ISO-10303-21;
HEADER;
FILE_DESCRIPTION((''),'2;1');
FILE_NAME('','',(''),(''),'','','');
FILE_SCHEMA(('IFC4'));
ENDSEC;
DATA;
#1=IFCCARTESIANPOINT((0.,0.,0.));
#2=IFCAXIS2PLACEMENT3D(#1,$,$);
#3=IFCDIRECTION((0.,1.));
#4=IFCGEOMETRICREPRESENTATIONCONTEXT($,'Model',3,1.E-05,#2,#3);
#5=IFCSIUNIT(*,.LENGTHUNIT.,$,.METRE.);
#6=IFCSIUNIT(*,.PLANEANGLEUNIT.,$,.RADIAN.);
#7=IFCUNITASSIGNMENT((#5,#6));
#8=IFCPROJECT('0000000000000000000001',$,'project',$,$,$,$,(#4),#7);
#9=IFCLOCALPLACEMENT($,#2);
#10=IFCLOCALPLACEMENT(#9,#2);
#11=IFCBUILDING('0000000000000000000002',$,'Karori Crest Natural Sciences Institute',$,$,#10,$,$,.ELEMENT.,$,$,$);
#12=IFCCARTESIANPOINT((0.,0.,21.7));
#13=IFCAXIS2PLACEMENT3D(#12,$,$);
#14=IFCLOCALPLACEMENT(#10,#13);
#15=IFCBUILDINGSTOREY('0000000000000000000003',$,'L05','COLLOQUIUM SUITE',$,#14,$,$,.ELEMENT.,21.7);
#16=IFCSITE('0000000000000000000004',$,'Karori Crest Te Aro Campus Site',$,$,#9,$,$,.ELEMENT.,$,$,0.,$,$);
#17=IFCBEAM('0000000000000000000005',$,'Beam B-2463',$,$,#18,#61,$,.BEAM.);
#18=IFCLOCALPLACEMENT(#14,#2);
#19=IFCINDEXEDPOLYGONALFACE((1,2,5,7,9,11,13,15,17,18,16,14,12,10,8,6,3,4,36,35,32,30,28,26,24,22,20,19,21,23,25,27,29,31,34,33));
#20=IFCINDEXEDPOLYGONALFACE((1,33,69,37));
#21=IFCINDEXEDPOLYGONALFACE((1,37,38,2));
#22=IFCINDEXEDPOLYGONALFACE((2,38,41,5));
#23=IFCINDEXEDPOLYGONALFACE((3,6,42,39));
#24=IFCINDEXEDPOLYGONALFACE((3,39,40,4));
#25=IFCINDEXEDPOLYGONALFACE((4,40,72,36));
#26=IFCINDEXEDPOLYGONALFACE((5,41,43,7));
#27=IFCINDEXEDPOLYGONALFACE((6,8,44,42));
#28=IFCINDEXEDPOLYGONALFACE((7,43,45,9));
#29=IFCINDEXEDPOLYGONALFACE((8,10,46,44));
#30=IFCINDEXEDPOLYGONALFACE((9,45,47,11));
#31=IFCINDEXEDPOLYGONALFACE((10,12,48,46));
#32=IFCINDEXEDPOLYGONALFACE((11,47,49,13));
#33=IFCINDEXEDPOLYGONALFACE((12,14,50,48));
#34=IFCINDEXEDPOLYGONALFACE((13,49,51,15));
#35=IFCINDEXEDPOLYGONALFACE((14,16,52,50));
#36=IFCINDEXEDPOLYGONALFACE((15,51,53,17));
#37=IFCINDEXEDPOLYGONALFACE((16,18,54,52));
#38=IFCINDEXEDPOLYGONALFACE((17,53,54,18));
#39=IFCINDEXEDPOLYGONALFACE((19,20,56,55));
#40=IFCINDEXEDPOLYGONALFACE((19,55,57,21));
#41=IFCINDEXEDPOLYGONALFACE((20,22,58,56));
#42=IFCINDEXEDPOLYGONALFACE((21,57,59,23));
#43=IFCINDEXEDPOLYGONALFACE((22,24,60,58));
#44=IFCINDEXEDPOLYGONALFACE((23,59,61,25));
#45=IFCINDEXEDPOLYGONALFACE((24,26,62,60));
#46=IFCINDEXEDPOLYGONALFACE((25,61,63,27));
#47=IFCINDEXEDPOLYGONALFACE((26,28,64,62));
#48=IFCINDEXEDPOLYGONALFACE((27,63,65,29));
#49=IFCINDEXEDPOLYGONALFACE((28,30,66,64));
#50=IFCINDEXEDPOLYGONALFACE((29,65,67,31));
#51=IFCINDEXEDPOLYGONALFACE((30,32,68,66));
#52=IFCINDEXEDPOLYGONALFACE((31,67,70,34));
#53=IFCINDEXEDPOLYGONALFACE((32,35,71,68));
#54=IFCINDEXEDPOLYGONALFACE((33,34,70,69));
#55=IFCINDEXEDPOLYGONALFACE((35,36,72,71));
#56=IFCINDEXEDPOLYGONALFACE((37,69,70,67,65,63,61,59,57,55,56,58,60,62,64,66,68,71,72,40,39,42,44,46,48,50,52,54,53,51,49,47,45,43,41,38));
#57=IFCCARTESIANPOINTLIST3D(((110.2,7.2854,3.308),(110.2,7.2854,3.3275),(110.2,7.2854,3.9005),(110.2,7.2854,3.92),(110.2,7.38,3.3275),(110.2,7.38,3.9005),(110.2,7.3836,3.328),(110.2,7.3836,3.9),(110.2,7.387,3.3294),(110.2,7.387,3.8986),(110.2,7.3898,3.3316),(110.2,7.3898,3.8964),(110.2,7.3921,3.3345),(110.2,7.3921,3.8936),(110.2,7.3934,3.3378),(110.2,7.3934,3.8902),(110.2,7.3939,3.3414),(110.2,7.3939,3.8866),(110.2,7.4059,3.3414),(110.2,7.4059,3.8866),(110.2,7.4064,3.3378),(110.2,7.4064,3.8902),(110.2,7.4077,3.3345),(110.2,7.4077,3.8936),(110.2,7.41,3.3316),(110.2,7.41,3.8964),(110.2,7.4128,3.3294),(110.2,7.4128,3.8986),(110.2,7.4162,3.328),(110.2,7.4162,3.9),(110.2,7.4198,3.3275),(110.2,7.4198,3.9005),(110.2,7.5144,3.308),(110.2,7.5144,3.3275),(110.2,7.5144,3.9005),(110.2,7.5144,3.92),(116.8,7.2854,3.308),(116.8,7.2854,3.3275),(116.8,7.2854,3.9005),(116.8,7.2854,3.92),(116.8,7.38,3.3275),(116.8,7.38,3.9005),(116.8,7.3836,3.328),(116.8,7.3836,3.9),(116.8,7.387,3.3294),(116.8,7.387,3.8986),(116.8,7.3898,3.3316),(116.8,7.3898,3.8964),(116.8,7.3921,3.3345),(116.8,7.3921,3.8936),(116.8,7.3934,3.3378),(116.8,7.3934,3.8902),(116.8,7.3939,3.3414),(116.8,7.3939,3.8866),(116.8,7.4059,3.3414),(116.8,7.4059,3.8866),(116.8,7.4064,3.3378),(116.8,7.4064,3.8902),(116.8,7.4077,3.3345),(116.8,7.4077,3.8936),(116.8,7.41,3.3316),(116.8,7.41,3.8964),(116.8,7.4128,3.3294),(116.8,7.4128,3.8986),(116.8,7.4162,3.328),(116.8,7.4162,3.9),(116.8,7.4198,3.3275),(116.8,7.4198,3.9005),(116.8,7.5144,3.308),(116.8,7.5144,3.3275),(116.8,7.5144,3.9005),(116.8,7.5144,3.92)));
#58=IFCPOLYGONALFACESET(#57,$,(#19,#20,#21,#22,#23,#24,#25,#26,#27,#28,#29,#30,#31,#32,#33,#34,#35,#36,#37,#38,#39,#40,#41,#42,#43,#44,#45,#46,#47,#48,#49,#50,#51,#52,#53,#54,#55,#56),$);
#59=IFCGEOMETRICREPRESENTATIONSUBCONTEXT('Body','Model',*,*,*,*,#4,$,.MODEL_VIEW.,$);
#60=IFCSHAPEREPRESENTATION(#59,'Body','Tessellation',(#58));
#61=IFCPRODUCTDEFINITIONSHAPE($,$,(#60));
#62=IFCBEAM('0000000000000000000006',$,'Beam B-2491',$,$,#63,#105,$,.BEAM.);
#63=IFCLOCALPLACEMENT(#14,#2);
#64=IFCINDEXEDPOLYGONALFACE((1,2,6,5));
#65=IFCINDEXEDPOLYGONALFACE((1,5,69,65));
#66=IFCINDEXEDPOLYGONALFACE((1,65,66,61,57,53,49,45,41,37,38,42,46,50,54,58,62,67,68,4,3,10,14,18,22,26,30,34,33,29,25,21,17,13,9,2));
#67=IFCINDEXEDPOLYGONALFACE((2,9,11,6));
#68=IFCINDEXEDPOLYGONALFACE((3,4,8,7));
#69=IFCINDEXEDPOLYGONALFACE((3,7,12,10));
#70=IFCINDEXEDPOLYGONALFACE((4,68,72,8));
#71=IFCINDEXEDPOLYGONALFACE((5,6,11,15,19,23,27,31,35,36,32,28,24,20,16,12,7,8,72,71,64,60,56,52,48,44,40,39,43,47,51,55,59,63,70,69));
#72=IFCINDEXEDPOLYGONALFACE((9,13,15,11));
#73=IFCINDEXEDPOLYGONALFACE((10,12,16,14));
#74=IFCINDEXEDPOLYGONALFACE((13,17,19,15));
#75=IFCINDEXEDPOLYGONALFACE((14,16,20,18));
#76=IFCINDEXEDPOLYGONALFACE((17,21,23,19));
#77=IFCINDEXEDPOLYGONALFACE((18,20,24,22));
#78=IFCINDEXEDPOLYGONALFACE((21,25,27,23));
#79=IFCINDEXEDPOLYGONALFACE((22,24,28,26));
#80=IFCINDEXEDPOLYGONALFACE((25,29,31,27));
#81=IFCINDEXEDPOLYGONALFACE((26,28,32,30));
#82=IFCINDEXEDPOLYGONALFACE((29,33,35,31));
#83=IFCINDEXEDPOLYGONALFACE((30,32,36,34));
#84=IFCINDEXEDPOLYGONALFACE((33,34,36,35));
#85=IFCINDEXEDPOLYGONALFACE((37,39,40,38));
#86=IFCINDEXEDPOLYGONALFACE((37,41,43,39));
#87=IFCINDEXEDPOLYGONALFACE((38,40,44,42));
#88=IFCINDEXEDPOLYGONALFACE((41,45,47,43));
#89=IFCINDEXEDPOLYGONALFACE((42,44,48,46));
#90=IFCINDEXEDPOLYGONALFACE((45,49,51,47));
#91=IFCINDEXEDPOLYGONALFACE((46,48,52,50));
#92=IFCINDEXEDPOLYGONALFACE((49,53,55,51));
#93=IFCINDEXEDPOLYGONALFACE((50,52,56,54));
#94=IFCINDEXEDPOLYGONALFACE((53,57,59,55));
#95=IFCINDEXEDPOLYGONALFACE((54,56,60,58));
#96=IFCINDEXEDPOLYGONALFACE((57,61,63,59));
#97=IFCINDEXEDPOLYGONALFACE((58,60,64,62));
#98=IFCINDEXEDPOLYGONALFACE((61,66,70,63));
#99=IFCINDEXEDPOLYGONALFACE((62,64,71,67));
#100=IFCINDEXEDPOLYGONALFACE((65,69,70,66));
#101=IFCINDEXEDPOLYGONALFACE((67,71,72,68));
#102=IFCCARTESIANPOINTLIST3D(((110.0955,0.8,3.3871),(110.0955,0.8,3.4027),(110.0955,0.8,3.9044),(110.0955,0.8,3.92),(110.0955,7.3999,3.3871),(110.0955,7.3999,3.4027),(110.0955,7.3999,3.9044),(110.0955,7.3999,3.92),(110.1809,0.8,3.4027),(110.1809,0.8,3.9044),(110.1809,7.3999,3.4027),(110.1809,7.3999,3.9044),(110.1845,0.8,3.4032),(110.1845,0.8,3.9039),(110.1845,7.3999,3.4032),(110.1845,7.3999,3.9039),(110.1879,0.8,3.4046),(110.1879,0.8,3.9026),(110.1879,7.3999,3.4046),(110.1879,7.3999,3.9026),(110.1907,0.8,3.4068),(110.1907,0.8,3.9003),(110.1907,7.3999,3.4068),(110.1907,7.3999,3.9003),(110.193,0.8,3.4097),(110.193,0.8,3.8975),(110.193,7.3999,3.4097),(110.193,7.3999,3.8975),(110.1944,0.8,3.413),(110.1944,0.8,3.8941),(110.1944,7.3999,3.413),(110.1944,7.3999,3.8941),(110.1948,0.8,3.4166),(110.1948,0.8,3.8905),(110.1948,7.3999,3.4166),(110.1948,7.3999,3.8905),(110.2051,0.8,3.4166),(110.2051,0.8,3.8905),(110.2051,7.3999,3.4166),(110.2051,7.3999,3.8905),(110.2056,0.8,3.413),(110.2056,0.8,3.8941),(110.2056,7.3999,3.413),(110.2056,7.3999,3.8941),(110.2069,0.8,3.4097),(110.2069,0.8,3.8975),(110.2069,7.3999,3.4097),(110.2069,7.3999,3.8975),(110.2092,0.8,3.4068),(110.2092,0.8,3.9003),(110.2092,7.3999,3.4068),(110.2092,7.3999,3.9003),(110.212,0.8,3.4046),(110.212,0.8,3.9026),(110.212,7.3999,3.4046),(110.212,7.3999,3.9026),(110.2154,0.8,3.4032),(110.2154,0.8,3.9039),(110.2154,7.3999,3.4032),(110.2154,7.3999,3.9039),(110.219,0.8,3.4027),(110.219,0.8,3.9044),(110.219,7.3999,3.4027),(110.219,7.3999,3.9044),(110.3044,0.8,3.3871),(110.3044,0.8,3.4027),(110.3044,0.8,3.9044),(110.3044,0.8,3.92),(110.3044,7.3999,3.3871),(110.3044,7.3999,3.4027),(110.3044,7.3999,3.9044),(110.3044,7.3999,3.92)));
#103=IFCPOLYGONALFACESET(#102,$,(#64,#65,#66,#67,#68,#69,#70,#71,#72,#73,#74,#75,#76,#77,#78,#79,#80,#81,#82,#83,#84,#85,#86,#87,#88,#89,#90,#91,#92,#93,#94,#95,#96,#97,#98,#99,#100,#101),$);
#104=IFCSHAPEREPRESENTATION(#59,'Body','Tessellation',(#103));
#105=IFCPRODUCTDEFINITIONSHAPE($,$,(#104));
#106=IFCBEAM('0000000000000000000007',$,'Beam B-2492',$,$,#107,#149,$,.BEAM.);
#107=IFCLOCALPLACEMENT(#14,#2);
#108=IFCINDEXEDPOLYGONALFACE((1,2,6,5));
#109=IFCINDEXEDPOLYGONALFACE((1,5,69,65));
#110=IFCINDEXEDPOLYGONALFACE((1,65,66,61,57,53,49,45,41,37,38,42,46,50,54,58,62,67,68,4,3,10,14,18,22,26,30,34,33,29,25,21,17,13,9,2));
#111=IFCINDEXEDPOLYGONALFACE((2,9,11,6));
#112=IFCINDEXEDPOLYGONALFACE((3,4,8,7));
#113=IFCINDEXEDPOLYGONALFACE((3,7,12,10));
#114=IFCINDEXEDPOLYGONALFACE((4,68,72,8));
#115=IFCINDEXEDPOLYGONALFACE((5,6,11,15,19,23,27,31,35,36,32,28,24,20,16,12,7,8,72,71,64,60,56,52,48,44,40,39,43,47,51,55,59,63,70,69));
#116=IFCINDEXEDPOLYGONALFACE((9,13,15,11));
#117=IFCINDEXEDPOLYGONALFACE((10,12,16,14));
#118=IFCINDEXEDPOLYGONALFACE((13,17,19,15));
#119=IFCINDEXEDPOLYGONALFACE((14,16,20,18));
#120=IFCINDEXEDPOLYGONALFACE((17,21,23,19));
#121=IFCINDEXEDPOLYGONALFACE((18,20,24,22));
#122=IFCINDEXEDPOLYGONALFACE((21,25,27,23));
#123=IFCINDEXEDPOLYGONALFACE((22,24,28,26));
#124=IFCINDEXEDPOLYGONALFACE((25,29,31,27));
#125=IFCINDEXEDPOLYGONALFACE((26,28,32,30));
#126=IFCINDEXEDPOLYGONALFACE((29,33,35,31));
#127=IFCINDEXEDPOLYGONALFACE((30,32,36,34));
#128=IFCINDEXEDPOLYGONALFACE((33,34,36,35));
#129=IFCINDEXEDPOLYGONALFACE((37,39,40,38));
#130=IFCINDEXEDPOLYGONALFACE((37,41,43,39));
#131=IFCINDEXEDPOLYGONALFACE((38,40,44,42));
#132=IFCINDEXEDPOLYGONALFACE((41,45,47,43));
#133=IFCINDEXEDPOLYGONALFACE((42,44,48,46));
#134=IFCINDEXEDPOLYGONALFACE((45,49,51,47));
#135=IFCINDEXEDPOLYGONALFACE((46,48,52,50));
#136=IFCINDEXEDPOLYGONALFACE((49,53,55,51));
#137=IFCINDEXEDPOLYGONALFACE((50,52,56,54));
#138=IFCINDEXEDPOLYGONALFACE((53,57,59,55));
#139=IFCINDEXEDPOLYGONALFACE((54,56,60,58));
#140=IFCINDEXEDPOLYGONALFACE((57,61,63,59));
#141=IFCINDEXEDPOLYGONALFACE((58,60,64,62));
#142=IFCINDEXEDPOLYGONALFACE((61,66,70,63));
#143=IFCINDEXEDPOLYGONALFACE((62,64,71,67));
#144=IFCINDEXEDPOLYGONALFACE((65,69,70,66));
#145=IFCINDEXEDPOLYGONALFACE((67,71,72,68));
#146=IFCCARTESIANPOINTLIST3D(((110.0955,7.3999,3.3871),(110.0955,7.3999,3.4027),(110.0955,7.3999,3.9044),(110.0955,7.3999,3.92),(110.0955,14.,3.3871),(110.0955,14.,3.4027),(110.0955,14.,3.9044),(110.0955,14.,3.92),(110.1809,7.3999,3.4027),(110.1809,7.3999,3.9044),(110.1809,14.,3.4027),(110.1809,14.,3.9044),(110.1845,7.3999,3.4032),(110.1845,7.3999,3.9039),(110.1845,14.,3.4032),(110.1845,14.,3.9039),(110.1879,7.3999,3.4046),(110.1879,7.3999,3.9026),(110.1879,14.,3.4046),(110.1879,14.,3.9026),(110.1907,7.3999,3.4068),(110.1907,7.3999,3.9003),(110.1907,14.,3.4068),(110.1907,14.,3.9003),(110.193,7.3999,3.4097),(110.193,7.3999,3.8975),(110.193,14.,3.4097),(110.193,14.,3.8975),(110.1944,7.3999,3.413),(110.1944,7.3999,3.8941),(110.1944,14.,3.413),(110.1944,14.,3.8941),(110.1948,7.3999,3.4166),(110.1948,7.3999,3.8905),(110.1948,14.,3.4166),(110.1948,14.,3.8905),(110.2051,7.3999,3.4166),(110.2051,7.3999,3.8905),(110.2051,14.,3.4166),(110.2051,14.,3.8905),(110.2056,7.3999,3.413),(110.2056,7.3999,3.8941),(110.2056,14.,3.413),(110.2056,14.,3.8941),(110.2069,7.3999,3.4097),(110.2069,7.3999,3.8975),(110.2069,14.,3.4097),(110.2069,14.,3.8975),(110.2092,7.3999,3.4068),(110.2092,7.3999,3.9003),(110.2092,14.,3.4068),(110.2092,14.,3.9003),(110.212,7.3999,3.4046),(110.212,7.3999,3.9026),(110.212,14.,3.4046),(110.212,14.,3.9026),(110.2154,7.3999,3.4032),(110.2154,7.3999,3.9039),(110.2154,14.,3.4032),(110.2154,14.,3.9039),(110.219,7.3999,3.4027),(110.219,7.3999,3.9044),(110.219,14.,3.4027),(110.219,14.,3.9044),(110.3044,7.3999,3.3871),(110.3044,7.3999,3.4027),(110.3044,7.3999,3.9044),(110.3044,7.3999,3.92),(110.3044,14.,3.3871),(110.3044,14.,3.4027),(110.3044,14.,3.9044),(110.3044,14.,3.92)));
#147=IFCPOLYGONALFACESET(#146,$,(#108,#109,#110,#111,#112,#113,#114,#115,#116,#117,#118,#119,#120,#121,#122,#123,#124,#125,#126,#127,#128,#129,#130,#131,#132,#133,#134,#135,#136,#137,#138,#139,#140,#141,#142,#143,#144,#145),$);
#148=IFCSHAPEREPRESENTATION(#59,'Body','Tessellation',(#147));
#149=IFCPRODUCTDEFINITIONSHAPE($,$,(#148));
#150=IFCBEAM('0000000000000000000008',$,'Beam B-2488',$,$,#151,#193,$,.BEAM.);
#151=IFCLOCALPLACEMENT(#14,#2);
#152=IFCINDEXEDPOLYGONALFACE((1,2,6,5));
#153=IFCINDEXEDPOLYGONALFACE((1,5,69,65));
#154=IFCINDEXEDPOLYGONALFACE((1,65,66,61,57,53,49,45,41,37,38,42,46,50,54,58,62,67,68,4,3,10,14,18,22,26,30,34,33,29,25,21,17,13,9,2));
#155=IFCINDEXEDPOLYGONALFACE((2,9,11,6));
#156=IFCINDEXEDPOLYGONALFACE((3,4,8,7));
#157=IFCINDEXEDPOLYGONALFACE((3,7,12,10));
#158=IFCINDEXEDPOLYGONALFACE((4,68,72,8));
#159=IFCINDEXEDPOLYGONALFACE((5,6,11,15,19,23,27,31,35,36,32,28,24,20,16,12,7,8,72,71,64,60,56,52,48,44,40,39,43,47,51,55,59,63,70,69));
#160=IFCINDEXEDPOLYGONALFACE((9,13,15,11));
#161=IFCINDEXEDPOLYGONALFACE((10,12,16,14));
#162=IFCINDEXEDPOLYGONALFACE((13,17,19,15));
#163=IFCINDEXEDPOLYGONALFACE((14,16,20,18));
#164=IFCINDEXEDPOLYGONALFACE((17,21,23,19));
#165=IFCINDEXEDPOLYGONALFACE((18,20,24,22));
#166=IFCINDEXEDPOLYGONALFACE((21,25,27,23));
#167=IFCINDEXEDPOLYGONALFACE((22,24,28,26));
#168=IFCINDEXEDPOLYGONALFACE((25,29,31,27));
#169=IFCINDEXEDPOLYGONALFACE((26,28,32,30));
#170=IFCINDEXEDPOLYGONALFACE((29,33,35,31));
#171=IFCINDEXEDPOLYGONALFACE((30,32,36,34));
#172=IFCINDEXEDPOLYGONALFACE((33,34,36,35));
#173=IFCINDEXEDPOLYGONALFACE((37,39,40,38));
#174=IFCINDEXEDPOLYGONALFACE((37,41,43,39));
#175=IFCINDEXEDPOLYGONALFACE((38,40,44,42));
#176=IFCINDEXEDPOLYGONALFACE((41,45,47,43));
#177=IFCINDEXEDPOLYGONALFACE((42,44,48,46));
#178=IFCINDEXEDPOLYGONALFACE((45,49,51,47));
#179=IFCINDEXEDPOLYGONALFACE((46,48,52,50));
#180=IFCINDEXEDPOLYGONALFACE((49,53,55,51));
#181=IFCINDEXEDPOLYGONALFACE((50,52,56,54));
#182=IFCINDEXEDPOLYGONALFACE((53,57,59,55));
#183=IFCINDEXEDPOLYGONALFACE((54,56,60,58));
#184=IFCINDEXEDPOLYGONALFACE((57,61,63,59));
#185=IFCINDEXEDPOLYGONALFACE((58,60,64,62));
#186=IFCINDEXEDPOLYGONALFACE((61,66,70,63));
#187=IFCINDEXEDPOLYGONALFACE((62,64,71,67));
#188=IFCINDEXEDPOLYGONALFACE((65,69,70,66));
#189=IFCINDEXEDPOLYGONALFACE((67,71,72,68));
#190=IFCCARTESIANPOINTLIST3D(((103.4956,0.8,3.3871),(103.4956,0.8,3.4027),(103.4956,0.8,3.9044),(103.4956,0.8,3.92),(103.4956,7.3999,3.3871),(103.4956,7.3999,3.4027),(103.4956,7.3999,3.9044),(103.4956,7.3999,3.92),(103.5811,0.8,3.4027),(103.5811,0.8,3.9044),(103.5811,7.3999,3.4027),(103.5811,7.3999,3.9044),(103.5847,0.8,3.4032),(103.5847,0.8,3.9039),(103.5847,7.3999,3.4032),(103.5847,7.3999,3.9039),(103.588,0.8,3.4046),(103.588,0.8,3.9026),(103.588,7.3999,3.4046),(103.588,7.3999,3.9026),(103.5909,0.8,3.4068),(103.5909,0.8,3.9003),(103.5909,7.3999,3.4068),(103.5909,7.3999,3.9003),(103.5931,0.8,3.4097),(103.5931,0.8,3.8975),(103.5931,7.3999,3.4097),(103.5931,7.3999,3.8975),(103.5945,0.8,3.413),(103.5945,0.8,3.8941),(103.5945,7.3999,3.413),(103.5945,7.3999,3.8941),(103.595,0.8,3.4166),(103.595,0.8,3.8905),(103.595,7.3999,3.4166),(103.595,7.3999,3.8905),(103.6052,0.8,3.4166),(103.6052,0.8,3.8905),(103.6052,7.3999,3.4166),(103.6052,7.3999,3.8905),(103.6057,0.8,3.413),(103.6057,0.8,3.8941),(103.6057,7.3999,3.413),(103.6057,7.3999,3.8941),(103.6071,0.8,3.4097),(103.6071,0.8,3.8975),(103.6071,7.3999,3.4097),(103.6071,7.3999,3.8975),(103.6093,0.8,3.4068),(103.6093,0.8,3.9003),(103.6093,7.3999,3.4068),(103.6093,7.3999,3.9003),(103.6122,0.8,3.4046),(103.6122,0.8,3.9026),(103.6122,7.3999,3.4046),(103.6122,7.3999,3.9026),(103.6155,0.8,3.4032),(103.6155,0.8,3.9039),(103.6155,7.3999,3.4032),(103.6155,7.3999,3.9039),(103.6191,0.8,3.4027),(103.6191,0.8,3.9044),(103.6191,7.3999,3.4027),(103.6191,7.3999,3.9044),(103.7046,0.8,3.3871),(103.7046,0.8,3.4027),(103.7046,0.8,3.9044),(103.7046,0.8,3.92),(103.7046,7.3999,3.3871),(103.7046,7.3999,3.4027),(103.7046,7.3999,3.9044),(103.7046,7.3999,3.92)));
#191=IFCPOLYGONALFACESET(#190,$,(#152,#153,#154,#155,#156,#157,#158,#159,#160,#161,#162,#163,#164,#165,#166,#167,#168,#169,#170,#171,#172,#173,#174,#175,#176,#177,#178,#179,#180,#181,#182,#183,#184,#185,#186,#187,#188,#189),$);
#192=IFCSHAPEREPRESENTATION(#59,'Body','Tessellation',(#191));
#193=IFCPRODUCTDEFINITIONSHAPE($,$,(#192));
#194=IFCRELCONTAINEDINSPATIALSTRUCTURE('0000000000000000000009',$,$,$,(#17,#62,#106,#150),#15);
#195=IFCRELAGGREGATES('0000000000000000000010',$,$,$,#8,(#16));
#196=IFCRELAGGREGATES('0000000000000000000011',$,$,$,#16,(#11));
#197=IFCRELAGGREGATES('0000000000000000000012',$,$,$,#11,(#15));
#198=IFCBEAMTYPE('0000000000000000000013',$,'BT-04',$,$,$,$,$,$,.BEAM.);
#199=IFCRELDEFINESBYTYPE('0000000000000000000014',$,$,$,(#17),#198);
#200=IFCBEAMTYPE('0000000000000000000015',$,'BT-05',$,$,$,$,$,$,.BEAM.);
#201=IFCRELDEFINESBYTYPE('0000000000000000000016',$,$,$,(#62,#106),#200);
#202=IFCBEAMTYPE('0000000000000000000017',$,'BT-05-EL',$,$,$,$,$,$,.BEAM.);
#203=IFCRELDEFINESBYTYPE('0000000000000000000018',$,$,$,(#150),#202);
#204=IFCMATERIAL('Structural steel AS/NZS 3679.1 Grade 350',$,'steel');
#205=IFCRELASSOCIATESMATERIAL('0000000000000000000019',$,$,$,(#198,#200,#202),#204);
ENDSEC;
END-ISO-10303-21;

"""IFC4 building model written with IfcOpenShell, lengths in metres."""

from ifc_helpers import new_model, si_unit, direction, frame, origin, origin_2d, place, context, subcontext, project, spatial, i_section, extrude, material, material_profile, profile_set, type_object, element, save


model = new_model("IFC4")

# Units and contexts
model_context = context("Model", 3, precision=1e-05, world=origin(), true_north=direction((0.0, 1.0)))
body_context = subcontext(model_context, "Body", "Model", "MODEL_VIEW")
ifc_project = project(units=[si_unit("LENGTHUNIT", "METRE"), si_unit("PLANEANGLEUNIT", "RADIAN")], contexts=[model_context])

# Site, building, storey
site_placement = place(None, origin())
site = spatial("IfcSite", under=ifc_project, at=site_placement, Name="Karori Crest Te Aro Campus Site", CompositionType="ELEMENT", RefElevation=0.0)
building_placement = place(site_placement, origin())
building = spatial("IfcBuilding", under=site, at=building_placement, Name="Karori Crest Natural Sciences Institute", CompositionType="ELEMENT")
storey_placement = place(building_placement, frame((0.0, 0.0, 21.7)))
storey = spatial("IfcBuildingStorey", under=building, at=storey_placement, Name="L05", Description="COLLOQUIUM SUITE", CompositionType="ELEMENT", Elevation=21.7)

# Shared definitions
ifc_material_1 = material(Name="Structural steel AS/NZS 3679.1 Grade 350", Category="steel")

# Beams
ifc_material_profile_1 = material_profile(ifc_material_1, i_section(OverallWidth=0.229, OverallDepth=0.6121, WebThickness=0.012, FlangeThickness=0.0195, FilletRadius=0.0139, at=origin_2d()), Name="610UB125")
ifc_profile_set_1 = profile_set([ifc_material_profile_1], Name="Structural steel AS/NZS 3679.1 Grade 350")
beam_type_1 = type_object("IfcBeamType", Name="BT-04", PredefinedType="BEAM", material=ifc_profile_set_1)
beam_1_placement = place(storey_placement, frame((110.2, 7.3999, 3.614), z_axis=(1.0, 0.0, 0.0), x_axis=(0.0, 1.0, 0.0)))
element("IfcBeam", 1, at=beam_1_placement, inside=storey, type_object=beam_type_1, Name="Beam B-2463", PredefinedType="BEAM", context=body_context, shape_type="SweptSolid", body=[
    extrude(i_section(OverallWidth=0.229, OverallDepth=0.6121, WebThickness=0.012, FlangeThickness=0.0195, FilletRadius=0.0139, at=origin_2d()), origin(), (0.0, 0.0, 1.0), 6.6001),
])
ifc_material_profile_2 = material_profile(ifc_material_1, i_section(OverallWidth=0.209, OverallDepth=0.533, WebThickness=0.0103, FlangeThickness=0.0156, FilletRadius=0.0139, at=origin_2d()), Name="530UB92.4")
ifc_profile_set_2 = profile_set([ifc_material_profile_2], Name="Structural steel AS/NZS 3679.1 Grade 350")
beam_type_2 = type_object("IfcBeamType", Name="BT-05", PredefinedType="BEAM", material=ifc_profile_set_2)
beam_2_placement = place(storey_placement, frame((110.2, 0.8, 3.6536), z_axis=(0.0, 1.0, 0.0), x_axis=(-1.0, 0.0, 0.0)))
element("IfcBeam", 2, at=beam_2_placement, inside=storey, type_object=beam_type_2, Name="Beam B-2491", PredefinedType="BEAM", context=body_context, shape_type="SweptSolid", body=[
    extrude(i_section(OverallWidth=0.209, OverallDepth=0.533, WebThickness=0.0103, FlangeThickness=0.0156, FilletRadius=0.0139, at=origin_2d()), origin(), (0.0, 0.0, 1.0), 6.5999),
])
beam_3_placement = place(storey_placement, frame((110.2, 7.3999, 3.6536), z_axis=(0.0, 1.0, 0.0), x_axis=(-1.0, 0.0, 0.0)))
element("IfcBeam", 3, at=beam_3_placement, inside=storey, type_object=beam_type_2, Name="Beam B-2492", PredefinedType="BEAM", context=body_context, shape_type="SweptSolid", body=[
    extrude(i_section(OverallWidth=0.209, OverallDepth=0.533, WebThickness=0.0103, FlangeThickness=0.0156, FilletRadius=0.0139, at=origin_2d()), origin(), (0.0, 0.0, 1.0), 6.6001),
])
ifc_material_profile_3 = material_profile(ifc_material_1, i_section(OverallWidth=0.209, OverallDepth=0.533, WebThickness=0.0103, FlangeThickness=0.0156, FilletRadius=0.0139, at=origin_2d()), Name="530UB92.4")
ifc_profile_set_3 = profile_set([ifc_material_profile_3], Name="Structural steel AS/NZS 3679.1 Grade 350")
beam_type_3 = type_object("IfcBeamType", Name="BT-05-EL", PredefinedType="BEAM", material=ifc_profile_set_3)
beam_4_placement = place(storey_placement, frame((103.6001, 0.8, 3.6536), z_axis=(0.0, 1.0, 0.0), x_axis=(-1.0, 0.0, 0.0)))
element("IfcBeam", 4, at=beam_4_placement, inside=storey, type_object=beam_type_3, Name="Beam B-2488", PredefinedType="BEAM", context=body_context, shape_type="SweptSolid", body=[
    extrude(i_section(OverallWidth=0.209, OverallDepth=0.533, WebThickness=0.0103, FlangeThickness=0.0156, FilletRadius=0.0139, at=origin_2d()), origin(), (0.0, 0.0, 1.0), 6.5999),
])

save(model, "model.ifc")
